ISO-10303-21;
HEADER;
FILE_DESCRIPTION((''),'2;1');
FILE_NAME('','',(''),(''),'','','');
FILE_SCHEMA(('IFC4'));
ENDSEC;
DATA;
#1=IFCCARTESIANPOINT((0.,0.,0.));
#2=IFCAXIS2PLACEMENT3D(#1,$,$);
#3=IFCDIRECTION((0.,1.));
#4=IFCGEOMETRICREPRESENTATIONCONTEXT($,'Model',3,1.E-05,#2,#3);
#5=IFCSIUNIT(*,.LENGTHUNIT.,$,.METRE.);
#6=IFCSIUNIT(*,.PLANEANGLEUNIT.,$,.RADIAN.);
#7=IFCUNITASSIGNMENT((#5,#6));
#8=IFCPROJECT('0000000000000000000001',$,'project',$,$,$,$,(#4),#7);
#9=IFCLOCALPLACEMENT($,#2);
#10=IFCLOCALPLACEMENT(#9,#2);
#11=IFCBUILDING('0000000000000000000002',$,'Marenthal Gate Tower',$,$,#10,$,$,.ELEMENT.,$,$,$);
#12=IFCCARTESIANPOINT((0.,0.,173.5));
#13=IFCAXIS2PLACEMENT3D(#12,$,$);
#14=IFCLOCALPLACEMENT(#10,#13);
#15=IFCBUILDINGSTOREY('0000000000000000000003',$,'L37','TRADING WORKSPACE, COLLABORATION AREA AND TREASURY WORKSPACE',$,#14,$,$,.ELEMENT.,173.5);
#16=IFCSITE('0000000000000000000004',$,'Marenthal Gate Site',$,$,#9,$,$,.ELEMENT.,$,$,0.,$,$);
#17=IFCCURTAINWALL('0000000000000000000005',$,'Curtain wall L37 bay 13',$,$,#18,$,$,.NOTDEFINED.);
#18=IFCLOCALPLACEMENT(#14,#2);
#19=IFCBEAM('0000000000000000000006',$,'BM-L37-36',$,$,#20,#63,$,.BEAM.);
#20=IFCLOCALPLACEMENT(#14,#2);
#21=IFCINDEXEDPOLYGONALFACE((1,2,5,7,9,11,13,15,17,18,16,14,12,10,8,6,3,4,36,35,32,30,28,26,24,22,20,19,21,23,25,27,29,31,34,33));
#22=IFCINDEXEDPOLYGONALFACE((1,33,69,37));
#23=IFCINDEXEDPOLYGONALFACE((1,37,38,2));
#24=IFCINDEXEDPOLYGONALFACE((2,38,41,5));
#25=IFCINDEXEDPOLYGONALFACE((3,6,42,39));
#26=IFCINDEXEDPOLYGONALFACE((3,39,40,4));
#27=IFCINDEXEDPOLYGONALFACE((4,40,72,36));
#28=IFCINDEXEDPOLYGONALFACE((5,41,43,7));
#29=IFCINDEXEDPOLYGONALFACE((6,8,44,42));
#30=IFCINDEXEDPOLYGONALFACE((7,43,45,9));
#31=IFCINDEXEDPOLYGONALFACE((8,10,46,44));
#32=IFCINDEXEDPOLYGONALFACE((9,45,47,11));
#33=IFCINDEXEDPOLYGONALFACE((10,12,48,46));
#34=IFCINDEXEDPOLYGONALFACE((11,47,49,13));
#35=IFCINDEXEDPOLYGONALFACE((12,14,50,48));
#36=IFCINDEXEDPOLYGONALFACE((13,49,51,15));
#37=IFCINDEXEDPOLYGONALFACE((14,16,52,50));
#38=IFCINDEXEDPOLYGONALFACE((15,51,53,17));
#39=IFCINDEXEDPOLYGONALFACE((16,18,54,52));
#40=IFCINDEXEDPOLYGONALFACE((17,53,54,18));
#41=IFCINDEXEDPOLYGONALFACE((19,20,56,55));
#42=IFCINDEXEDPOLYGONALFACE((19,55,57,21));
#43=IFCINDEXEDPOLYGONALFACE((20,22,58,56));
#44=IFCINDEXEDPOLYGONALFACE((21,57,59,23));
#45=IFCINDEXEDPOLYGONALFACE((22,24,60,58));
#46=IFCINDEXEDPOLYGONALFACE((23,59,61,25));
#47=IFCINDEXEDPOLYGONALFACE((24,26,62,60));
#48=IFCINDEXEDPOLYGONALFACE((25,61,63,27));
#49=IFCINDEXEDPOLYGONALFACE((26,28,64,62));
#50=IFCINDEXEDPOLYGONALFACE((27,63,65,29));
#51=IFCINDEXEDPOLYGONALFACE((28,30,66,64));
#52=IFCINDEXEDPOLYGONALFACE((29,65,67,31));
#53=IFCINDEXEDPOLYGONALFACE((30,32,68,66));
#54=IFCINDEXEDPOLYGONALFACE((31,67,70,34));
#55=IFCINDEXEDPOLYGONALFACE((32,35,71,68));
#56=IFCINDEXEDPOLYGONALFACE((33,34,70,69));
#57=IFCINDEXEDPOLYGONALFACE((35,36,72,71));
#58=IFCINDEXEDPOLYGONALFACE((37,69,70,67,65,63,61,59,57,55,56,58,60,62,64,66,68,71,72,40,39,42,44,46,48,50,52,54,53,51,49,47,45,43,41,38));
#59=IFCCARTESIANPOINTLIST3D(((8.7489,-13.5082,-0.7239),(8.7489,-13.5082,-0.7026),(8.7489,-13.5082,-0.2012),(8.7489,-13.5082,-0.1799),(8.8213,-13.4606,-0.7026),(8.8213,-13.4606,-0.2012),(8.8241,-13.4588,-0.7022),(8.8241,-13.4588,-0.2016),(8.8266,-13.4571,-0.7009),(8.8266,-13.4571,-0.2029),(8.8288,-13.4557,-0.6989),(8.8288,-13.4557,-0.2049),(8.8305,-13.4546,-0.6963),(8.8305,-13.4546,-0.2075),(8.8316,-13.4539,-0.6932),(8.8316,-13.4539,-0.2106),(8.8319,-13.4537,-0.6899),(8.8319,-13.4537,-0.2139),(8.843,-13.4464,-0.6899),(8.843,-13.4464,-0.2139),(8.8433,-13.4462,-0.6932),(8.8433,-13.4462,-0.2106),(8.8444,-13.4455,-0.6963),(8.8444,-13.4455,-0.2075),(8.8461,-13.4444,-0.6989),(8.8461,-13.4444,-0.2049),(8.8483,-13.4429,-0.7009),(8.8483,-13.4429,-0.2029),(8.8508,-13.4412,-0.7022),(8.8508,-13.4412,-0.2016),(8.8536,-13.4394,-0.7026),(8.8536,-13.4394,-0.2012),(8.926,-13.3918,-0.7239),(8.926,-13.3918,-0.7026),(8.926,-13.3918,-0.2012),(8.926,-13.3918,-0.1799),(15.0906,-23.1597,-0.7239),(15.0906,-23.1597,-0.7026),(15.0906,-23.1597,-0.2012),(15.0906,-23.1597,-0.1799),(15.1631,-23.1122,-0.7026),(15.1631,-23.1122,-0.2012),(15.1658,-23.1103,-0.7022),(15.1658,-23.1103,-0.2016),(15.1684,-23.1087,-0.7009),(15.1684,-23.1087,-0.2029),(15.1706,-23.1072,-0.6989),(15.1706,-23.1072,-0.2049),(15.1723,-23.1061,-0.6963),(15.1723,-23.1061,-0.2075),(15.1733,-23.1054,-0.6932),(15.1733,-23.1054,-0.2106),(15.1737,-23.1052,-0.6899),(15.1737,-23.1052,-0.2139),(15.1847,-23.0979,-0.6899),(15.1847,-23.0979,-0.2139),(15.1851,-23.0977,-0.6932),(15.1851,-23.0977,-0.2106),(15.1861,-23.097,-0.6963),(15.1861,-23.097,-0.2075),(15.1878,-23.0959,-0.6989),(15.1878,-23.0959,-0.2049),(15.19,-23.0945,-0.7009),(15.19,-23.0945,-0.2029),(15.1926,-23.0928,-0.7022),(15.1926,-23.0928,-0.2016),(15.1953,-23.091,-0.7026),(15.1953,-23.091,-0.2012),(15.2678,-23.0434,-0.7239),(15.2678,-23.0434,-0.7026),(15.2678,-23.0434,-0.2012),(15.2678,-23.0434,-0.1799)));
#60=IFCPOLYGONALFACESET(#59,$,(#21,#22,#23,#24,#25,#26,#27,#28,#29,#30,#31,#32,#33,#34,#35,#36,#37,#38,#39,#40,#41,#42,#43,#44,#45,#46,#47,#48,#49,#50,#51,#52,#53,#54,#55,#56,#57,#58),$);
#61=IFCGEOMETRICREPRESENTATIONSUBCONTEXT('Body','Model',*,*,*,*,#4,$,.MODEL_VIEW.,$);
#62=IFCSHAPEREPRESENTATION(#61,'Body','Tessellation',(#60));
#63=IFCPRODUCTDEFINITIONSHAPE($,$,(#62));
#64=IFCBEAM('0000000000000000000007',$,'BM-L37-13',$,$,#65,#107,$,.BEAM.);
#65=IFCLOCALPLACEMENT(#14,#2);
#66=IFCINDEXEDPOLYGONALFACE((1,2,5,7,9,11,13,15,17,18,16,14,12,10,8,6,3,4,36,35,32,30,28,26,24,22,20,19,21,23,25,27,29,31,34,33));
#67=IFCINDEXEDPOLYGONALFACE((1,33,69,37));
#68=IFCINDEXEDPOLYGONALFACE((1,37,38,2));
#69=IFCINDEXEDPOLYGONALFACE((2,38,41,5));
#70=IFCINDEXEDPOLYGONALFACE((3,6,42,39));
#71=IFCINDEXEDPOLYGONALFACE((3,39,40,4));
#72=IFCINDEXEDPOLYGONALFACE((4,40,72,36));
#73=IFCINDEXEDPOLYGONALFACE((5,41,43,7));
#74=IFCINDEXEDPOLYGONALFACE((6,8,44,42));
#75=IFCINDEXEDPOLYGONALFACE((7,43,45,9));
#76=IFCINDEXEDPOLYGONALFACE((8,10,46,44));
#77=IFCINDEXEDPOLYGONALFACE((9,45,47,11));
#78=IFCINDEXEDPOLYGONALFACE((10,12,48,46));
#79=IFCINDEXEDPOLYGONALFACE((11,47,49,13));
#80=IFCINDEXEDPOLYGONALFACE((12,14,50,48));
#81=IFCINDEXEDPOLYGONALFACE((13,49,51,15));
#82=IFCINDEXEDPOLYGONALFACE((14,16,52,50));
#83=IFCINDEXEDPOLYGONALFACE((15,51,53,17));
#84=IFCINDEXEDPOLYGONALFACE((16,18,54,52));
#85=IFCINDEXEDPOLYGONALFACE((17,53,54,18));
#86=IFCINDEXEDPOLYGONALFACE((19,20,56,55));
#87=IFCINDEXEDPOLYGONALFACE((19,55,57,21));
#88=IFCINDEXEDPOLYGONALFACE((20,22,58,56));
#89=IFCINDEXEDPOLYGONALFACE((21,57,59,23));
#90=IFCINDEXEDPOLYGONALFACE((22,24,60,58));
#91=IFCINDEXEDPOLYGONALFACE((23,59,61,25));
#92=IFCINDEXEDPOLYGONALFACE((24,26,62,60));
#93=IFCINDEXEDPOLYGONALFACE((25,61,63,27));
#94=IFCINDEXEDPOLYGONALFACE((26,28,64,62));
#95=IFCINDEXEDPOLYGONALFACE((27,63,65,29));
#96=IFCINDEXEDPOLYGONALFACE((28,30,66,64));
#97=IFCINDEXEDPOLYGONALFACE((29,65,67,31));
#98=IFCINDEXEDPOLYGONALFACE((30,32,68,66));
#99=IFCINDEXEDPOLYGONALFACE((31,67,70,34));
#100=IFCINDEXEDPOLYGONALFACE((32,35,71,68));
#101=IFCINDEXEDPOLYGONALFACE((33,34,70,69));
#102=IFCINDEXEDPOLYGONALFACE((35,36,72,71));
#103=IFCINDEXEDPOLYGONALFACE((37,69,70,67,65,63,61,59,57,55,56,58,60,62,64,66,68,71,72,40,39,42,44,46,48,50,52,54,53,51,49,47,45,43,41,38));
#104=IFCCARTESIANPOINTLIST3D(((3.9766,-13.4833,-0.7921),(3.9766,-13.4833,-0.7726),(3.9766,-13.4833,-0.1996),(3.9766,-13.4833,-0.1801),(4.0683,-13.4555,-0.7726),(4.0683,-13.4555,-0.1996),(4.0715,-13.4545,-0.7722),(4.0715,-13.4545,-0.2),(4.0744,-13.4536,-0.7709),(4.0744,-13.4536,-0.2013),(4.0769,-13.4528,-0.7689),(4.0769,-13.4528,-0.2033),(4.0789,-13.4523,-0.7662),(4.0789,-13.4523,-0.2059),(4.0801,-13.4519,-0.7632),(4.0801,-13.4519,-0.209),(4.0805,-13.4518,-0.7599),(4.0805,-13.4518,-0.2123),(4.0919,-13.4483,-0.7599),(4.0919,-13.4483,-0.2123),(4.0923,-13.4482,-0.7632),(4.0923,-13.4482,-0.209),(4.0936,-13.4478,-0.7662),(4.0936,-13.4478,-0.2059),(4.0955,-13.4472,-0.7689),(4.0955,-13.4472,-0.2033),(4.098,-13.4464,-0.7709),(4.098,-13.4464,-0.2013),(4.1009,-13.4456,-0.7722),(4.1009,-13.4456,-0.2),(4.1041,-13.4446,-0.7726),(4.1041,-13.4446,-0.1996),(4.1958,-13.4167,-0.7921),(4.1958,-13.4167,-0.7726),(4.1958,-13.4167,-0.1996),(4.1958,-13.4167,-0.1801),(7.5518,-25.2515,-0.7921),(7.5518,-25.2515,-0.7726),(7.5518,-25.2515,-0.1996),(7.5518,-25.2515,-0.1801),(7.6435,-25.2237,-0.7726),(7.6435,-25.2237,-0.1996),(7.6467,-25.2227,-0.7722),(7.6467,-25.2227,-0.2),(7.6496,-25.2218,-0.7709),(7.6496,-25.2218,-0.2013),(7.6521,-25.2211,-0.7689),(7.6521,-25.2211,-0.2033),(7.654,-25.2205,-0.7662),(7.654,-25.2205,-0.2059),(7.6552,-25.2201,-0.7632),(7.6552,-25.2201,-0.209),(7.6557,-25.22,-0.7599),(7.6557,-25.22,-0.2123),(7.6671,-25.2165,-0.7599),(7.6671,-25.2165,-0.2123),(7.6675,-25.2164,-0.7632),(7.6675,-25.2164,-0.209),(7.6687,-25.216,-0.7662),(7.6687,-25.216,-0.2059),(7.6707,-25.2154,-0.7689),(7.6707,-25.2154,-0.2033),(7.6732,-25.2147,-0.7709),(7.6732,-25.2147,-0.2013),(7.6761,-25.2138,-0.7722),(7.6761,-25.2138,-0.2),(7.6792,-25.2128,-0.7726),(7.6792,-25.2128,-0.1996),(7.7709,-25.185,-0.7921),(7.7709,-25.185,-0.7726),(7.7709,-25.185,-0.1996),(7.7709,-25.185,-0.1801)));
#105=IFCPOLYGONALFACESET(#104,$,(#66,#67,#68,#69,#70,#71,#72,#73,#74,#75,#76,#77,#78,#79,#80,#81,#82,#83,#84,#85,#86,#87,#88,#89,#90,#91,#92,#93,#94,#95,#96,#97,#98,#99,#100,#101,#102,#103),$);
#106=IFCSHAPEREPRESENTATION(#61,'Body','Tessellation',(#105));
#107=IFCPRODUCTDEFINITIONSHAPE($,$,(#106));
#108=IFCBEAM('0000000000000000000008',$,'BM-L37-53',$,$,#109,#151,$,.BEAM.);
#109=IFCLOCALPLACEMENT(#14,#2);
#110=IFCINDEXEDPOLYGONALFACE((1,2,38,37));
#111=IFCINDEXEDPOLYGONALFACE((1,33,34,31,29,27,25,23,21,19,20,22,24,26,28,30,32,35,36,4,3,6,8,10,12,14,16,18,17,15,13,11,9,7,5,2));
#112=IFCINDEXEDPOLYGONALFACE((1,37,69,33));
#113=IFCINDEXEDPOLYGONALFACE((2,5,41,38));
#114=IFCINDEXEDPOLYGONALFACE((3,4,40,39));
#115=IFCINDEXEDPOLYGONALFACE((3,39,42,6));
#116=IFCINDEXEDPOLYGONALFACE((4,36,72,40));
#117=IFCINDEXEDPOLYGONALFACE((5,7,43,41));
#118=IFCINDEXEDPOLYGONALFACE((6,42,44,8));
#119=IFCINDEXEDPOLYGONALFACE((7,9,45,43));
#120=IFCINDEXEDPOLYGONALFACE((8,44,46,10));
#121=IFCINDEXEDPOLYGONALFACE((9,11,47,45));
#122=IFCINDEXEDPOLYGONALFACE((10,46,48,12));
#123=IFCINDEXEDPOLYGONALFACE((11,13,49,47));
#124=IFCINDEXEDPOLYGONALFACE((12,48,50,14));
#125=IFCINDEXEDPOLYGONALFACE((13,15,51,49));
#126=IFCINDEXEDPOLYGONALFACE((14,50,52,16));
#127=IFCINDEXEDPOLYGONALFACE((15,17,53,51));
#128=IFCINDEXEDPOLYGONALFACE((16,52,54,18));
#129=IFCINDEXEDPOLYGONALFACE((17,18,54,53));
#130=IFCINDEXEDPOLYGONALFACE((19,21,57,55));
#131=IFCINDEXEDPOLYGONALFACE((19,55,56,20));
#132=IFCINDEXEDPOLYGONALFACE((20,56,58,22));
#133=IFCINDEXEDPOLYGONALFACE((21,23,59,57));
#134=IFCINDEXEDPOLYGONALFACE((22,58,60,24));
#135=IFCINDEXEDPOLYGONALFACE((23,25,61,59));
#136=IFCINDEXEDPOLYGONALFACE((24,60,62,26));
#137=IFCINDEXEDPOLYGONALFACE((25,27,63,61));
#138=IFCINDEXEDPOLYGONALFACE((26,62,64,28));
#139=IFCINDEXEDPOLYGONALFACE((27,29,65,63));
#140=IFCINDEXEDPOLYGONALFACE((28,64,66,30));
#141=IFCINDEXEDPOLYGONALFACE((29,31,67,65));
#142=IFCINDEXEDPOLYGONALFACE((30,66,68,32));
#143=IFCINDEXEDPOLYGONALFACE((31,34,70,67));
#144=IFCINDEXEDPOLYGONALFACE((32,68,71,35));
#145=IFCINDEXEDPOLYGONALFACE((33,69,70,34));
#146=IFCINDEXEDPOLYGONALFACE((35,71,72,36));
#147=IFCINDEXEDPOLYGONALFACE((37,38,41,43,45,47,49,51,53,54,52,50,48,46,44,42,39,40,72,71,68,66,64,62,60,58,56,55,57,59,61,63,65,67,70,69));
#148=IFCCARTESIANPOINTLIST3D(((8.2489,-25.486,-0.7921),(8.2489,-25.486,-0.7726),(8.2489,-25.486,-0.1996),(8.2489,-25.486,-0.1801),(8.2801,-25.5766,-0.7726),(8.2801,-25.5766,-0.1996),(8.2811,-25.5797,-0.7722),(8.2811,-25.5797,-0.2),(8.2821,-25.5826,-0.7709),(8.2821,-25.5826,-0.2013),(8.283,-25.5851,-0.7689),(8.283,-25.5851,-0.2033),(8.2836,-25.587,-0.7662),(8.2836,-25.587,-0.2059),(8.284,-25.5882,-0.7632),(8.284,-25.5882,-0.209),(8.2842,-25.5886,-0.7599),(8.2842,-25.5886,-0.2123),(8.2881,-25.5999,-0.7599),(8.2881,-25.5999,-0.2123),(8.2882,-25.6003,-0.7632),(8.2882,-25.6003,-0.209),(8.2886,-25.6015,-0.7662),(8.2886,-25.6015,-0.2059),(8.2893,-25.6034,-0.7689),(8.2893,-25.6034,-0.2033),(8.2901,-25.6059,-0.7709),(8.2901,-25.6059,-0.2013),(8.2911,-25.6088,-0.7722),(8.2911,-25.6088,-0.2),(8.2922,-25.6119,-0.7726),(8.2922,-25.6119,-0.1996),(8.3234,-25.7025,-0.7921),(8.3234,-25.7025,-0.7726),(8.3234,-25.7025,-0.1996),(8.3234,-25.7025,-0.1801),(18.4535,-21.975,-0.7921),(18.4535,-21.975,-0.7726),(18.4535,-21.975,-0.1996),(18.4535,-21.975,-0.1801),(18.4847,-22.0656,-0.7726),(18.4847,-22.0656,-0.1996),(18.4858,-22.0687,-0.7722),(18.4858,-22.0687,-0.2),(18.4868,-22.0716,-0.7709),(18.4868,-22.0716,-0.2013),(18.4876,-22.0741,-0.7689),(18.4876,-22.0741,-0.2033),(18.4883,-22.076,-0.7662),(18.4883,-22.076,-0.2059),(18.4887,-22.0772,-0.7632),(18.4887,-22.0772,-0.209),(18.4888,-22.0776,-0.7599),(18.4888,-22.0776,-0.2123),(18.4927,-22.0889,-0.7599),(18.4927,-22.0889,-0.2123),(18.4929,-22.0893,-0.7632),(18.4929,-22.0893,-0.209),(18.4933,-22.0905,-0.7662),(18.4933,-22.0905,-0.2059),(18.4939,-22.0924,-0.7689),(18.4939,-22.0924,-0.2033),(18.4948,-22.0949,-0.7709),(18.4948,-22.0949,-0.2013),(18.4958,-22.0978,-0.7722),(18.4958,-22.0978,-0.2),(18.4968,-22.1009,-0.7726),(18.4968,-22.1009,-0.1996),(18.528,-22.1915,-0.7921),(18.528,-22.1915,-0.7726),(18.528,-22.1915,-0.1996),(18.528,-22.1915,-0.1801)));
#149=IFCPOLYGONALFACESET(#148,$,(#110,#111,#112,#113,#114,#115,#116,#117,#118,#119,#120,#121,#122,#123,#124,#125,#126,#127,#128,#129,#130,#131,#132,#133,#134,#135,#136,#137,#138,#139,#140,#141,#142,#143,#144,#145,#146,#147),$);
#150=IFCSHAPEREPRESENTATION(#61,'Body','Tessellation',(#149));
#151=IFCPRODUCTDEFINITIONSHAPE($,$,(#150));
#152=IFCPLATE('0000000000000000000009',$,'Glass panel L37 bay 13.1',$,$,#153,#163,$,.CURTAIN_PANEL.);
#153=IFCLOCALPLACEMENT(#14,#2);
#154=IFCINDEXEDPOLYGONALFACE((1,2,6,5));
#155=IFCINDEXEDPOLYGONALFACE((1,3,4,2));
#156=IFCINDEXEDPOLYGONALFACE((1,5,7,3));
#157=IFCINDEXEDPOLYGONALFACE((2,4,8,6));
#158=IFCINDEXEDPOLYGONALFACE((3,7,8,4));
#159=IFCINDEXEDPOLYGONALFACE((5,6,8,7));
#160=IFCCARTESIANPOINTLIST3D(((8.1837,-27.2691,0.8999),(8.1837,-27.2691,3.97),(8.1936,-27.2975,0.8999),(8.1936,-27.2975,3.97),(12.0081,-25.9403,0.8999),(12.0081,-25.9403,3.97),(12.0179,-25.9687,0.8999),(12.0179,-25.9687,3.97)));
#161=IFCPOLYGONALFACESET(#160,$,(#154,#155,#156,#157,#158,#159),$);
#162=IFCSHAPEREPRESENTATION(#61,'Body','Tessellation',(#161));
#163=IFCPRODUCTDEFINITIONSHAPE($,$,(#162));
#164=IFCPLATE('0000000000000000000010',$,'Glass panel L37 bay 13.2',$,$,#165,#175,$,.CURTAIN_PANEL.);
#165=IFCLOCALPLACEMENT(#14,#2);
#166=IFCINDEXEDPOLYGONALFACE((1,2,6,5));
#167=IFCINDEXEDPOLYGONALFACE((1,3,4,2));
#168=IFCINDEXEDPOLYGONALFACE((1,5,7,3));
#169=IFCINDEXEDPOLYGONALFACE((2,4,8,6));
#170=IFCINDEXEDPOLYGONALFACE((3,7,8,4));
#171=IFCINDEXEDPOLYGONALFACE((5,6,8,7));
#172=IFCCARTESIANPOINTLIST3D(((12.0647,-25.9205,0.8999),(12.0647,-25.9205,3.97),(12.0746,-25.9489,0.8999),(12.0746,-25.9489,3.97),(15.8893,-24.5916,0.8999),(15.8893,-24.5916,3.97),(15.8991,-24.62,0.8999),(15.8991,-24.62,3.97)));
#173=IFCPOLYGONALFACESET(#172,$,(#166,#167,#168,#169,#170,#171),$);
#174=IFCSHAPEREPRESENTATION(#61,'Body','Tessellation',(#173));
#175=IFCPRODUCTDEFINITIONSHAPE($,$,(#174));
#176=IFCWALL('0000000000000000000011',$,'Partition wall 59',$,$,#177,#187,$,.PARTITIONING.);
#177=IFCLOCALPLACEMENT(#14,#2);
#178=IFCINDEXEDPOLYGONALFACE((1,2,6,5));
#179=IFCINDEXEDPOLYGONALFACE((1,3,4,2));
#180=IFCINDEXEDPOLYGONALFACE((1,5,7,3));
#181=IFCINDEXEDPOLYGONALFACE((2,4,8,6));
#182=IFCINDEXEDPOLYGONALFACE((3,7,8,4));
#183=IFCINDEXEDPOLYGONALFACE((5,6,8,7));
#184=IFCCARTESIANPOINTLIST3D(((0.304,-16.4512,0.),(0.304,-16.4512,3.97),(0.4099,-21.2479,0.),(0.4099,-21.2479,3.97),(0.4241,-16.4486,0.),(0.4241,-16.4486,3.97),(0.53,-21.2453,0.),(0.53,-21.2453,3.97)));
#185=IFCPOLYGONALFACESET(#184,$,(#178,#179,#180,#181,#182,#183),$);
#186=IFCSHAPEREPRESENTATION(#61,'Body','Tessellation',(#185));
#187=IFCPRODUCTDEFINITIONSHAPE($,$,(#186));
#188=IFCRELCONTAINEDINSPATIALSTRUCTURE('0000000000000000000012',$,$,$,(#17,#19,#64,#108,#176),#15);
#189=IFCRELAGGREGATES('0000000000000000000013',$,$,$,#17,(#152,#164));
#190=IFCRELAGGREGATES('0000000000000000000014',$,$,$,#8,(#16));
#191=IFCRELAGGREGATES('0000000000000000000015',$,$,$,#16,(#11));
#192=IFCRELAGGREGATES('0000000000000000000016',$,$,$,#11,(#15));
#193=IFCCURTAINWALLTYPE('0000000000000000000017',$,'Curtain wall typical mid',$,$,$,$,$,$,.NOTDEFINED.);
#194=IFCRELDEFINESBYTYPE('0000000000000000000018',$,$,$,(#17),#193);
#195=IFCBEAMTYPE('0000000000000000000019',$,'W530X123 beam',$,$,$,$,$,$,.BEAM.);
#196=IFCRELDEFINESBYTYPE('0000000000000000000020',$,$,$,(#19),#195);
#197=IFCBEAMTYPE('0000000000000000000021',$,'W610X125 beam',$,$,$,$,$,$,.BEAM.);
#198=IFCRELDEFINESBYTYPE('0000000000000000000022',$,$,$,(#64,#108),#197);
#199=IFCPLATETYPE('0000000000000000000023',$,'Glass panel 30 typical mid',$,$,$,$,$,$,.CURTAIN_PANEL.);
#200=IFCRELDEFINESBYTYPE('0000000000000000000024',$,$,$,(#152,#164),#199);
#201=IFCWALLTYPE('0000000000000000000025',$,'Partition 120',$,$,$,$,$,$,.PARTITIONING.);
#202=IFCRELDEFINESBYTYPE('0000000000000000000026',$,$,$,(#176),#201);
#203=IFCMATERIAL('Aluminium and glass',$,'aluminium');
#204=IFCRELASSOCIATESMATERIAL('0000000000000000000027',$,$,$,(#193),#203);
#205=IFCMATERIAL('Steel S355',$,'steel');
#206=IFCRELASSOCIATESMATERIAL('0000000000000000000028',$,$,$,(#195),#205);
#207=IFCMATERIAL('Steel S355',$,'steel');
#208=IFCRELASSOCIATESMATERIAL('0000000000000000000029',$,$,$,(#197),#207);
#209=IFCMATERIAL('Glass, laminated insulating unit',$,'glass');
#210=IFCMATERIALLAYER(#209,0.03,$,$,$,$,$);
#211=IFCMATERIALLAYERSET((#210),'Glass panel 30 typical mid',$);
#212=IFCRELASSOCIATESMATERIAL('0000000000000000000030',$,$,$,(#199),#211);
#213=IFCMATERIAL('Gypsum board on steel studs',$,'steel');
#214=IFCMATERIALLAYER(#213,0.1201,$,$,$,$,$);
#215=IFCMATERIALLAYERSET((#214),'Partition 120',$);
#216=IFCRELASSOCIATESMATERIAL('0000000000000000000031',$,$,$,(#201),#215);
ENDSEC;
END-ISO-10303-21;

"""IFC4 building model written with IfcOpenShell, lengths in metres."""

from ifc_helpers import new_model, si_unit, direction, frame, frame_2d, origin, origin_2d, place, context, subcontext, project, spatial, rectangle, i_section, extrude, material, layer, layer_set, material_profile, profile_set, type_object, element, aggregate, save


model = new_model("IFC4")

# Units and contexts
model_context = context("Model", 3, precision=1e-05, world=origin(), true_north=direction((0.0, 1.0)))
body_context = subcontext(model_context, "Body", "Model", "MODEL_VIEW")
ifc_project = project(units=[si_unit("LENGTHUNIT", "METRE"), si_unit("PLANEANGLEUNIT", "RADIAN")], contexts=[model_context])

# Site, building, storey
site_placement = place(None, origin())
site = spatial("IfcSite", under=ifc_project, at=site_placement, Name="Marenthal Gate Site", CompositionType="ELEMENT", RefElevation=0.0)
building_placement = place(site_placement, origin())
building = spatial("IfcBuilding", under=site, at=building_placement, Name="Marenthal Gate Tower", CompositionType="ELEMENT")
storey_placement = place(building_placement, frame((0.0, 0.0, 173.5)))
storey = spatial("IfcBuildingStorey", under=building, at=storey_placement, Name="L37", Description="TRADING WORKSPACE, COLLABORATION AREA AND TREASURY WORKSPACE", CompositionType="ELEMENT", Elevation=173.5)

# Curtain wall
ifc_material_1 = material(Name="Aluminium and glass", Category="aluminium")
curtain_wall_type = type_object("IfcCurtainWallType", Name="Curtain wall typical mid", PredefinedType="NOTDEFINED", material=ifc_material_1)
curtain_wall_placement = place(storey_placement, origin())
curtain_wall = element("IfcCurtainWall", 1, at=curtain_wall_placement, inside=storey, type_object=curtain_wall_type, Name="Curtain wall L37 bay 13", PredefinedType="NOTDEFINED")

# Beams
ifc_material_2 = material(Name="Steel S355", Category="steel")
ifc_material_profile_1 = material_profile(ifc_material_2, i_section(OverallWidth=0.2119, OverallDepth=0.5439, WebThickness=0.0132, FlangeThickness=0.0212, FilletRadius=0.0127, at=origin_2d()), Name="W530X123")
ifc_profile_set_1 = profile_set([ifc_material_profile_1], Name="Steel S355")
beam_type_1 = type_object("IfcBeamType", Name="W530X123 beam", PredefinedType="BEAM", material=ifc_profile_set_1)
beam_1_placement = place(storey_placement, frame((15.1792, -23.1016, -0.4519), z_axis=(-0.549136, 0.835733, 0.0), x_axis=(-0.835733, -0.549136, 0.0)))
element("IfcBeam", 2, at=beam_1_placement, inside=storey, type_object=beam_type_1, Name="BM-L37-36", PredefinedType="BEAM", context=body_context, shape_type="SweptSolid", body=[
    extrude(i_section(OverallWidth=0.2119, OverallDepth=0.5439, WebThickness=0.0132, FlangeThickness=0.0212, FilletRadius=0.0127, at=origin_2d()), origin(), (0.0, 0.0, 1.0), 11.5486),
])
ifc_material_3 = material(Name="Steel S355", Category="steel")
ifc_material_profile_2 = material_profile(ifc_material_3, i_section(OverallWidth=0.229, OverallDepth=0.6121, WebThickness=0.012, FlangeThickness=0.0195, FilletRadius=0.0127, at=origin_2d()), Name="W610X125")
ifc_profile_set_2 = profile_set([ifc_material_profile_2], Name="Steel S355")
beam_type_2 = type_object("IfcBeamType", Name="W610X125 beam", PredefinedType="BEAM", material=ifc_profile_set_2)
beam_2_placement = place(storey_placement, frame((7.6614, -25.2183, -0.4861), z_axis=(-0.290681, 0.95682, 0.0), x_axis=(-0.95682, -0.290681, 0.0)))
element("IfcBeam", 3, at=beam_2_placement, inside=storey, type_object=beam_type_2, Name="BM-L37-13", PredefinedType="BEAM", context=body_context, shape_type="SweptSolid", body=[
    extrude(i_section(OverallWidth=0.229, OverallDepth=0.6121, WebThickness=0.012, FlangeThickness=0.0195, FilletRadius=0.0127, at=origin_2d()), origin(), (0.0, 0.0, 1.0), 12.2993),
])
beam_3_placement = place(storey_placement, frame((8.2861, -25.5942, -0.4861), z_axis=(0.945597, 0.325342, 0.0), x_axis=(-0.325342, 0.945597, 0.0)))
element("IfcBeam", 4, at=beam_3_placement, inside=storey, type_object=beam_type_2, Name="BM-L37-53", PredefinedType="BEAM", context=body_context, shape_type="SweptSolid", body=[
    extrude(i_section(OverallWidth=0.229, OverallDepth=0.6121, WebThickness=0.012, FlangeThickness=0.0195, FilletRadius=0.0127, at=origin_2d()), origin(), (0.0, 0.0, 1.0), 10.7917),
])

# Plates
ifc_material_4 = material(Name="Glass, laminated insulating unit", Category="glass")
ifc_layer_1 = layer(ifc_material_4, 0.03)
ifc_layer_set_1 = layer_set([ifc_layer_1], Name="Glass panel 30 typical mid")
plate_type = type_object("IfcPlateType", Name="Glass panel 30 typical mid", PredefinedType="CURTAIN_PANEL", material=ifc_layer_set_1)
plate_1_placement = place(storey_placement, frame((10.1008, -26.6189, 0.8999), z_axis=(0.0, 0.0, 1.0), x_axis=(0.944604, 0.328211, 0.0)))
plate_1 = element("IfcPlate", 5, at=plate_1_placement, type_object=plate_type, Name="Glass panel L37 bay 13.1", PredefinedType="CURTAIN_PANEL", context=body_context, shape_type="SweptSolid", body=[
    extrude(rectangle(XDim=4.0486, YDim=0.03, at=origin_2d()), origin(), (0.0, 0.0, 1.0), 3.0701),
])
plate_2_placement = place(storey_placement, frame((13.9819, -25.2703, 0.8999), z_axis=(0.0, 0.0, 1.0), x_axis=(0.944604, 0.328211, 0.0)))
plate_2 = element("IfcPlate", 6, at=plate_2_placement, type_object=plate_type, Name="Glass panel L37 bay 13.2", PredefinedType="CURTAIN_PANEL", context=body_context, shape_type="SweptSolid", body=[
    extrude(rectangle(XDim=4.0488, YDim=0.03, at=origin_2d()), origin(), (0.0, 0.0, 1.0), 3.0701),
])
aggregate(curtain_wall, [plate_1, plate_2])

# Wall
ifc_material_5 = material(Name="Gypsum board on steel studs", Category="steel")
ifc_layer_2 = layer(ifc_material_5, 0.1201)
ifc_layer_set_2 = layer_set([ifc_layer_2], Name="Partition 120")
wall_type = type_object("IfcWallType", Name="Partition 120", PredefinedType="PARTITIONING", material=ifc_layer_set_2)
wall_1_placement = place(storey_placement, frame((0.47, -21.2466, 0.0), z_axis=(0.0, 0.0, 1.0), x_axis=(-0.022084, 0.999756, 0.0)))
element("IfcWall", 7, at=wall_1_placement, inside=storey, type_object=wall_type, Name="Partition wall 59", PredefinedType="PARTITIONING", context=body_context, shape_type="SweptSolid", body=[
    extrude(rectangle(XDim=4.7979, YDim=0.1201, at=frame_2d((2.3989, 0.0))), origin(), (0.0, 0.0, 1.0), 3.97),
])

save(model, "model.ifc")
